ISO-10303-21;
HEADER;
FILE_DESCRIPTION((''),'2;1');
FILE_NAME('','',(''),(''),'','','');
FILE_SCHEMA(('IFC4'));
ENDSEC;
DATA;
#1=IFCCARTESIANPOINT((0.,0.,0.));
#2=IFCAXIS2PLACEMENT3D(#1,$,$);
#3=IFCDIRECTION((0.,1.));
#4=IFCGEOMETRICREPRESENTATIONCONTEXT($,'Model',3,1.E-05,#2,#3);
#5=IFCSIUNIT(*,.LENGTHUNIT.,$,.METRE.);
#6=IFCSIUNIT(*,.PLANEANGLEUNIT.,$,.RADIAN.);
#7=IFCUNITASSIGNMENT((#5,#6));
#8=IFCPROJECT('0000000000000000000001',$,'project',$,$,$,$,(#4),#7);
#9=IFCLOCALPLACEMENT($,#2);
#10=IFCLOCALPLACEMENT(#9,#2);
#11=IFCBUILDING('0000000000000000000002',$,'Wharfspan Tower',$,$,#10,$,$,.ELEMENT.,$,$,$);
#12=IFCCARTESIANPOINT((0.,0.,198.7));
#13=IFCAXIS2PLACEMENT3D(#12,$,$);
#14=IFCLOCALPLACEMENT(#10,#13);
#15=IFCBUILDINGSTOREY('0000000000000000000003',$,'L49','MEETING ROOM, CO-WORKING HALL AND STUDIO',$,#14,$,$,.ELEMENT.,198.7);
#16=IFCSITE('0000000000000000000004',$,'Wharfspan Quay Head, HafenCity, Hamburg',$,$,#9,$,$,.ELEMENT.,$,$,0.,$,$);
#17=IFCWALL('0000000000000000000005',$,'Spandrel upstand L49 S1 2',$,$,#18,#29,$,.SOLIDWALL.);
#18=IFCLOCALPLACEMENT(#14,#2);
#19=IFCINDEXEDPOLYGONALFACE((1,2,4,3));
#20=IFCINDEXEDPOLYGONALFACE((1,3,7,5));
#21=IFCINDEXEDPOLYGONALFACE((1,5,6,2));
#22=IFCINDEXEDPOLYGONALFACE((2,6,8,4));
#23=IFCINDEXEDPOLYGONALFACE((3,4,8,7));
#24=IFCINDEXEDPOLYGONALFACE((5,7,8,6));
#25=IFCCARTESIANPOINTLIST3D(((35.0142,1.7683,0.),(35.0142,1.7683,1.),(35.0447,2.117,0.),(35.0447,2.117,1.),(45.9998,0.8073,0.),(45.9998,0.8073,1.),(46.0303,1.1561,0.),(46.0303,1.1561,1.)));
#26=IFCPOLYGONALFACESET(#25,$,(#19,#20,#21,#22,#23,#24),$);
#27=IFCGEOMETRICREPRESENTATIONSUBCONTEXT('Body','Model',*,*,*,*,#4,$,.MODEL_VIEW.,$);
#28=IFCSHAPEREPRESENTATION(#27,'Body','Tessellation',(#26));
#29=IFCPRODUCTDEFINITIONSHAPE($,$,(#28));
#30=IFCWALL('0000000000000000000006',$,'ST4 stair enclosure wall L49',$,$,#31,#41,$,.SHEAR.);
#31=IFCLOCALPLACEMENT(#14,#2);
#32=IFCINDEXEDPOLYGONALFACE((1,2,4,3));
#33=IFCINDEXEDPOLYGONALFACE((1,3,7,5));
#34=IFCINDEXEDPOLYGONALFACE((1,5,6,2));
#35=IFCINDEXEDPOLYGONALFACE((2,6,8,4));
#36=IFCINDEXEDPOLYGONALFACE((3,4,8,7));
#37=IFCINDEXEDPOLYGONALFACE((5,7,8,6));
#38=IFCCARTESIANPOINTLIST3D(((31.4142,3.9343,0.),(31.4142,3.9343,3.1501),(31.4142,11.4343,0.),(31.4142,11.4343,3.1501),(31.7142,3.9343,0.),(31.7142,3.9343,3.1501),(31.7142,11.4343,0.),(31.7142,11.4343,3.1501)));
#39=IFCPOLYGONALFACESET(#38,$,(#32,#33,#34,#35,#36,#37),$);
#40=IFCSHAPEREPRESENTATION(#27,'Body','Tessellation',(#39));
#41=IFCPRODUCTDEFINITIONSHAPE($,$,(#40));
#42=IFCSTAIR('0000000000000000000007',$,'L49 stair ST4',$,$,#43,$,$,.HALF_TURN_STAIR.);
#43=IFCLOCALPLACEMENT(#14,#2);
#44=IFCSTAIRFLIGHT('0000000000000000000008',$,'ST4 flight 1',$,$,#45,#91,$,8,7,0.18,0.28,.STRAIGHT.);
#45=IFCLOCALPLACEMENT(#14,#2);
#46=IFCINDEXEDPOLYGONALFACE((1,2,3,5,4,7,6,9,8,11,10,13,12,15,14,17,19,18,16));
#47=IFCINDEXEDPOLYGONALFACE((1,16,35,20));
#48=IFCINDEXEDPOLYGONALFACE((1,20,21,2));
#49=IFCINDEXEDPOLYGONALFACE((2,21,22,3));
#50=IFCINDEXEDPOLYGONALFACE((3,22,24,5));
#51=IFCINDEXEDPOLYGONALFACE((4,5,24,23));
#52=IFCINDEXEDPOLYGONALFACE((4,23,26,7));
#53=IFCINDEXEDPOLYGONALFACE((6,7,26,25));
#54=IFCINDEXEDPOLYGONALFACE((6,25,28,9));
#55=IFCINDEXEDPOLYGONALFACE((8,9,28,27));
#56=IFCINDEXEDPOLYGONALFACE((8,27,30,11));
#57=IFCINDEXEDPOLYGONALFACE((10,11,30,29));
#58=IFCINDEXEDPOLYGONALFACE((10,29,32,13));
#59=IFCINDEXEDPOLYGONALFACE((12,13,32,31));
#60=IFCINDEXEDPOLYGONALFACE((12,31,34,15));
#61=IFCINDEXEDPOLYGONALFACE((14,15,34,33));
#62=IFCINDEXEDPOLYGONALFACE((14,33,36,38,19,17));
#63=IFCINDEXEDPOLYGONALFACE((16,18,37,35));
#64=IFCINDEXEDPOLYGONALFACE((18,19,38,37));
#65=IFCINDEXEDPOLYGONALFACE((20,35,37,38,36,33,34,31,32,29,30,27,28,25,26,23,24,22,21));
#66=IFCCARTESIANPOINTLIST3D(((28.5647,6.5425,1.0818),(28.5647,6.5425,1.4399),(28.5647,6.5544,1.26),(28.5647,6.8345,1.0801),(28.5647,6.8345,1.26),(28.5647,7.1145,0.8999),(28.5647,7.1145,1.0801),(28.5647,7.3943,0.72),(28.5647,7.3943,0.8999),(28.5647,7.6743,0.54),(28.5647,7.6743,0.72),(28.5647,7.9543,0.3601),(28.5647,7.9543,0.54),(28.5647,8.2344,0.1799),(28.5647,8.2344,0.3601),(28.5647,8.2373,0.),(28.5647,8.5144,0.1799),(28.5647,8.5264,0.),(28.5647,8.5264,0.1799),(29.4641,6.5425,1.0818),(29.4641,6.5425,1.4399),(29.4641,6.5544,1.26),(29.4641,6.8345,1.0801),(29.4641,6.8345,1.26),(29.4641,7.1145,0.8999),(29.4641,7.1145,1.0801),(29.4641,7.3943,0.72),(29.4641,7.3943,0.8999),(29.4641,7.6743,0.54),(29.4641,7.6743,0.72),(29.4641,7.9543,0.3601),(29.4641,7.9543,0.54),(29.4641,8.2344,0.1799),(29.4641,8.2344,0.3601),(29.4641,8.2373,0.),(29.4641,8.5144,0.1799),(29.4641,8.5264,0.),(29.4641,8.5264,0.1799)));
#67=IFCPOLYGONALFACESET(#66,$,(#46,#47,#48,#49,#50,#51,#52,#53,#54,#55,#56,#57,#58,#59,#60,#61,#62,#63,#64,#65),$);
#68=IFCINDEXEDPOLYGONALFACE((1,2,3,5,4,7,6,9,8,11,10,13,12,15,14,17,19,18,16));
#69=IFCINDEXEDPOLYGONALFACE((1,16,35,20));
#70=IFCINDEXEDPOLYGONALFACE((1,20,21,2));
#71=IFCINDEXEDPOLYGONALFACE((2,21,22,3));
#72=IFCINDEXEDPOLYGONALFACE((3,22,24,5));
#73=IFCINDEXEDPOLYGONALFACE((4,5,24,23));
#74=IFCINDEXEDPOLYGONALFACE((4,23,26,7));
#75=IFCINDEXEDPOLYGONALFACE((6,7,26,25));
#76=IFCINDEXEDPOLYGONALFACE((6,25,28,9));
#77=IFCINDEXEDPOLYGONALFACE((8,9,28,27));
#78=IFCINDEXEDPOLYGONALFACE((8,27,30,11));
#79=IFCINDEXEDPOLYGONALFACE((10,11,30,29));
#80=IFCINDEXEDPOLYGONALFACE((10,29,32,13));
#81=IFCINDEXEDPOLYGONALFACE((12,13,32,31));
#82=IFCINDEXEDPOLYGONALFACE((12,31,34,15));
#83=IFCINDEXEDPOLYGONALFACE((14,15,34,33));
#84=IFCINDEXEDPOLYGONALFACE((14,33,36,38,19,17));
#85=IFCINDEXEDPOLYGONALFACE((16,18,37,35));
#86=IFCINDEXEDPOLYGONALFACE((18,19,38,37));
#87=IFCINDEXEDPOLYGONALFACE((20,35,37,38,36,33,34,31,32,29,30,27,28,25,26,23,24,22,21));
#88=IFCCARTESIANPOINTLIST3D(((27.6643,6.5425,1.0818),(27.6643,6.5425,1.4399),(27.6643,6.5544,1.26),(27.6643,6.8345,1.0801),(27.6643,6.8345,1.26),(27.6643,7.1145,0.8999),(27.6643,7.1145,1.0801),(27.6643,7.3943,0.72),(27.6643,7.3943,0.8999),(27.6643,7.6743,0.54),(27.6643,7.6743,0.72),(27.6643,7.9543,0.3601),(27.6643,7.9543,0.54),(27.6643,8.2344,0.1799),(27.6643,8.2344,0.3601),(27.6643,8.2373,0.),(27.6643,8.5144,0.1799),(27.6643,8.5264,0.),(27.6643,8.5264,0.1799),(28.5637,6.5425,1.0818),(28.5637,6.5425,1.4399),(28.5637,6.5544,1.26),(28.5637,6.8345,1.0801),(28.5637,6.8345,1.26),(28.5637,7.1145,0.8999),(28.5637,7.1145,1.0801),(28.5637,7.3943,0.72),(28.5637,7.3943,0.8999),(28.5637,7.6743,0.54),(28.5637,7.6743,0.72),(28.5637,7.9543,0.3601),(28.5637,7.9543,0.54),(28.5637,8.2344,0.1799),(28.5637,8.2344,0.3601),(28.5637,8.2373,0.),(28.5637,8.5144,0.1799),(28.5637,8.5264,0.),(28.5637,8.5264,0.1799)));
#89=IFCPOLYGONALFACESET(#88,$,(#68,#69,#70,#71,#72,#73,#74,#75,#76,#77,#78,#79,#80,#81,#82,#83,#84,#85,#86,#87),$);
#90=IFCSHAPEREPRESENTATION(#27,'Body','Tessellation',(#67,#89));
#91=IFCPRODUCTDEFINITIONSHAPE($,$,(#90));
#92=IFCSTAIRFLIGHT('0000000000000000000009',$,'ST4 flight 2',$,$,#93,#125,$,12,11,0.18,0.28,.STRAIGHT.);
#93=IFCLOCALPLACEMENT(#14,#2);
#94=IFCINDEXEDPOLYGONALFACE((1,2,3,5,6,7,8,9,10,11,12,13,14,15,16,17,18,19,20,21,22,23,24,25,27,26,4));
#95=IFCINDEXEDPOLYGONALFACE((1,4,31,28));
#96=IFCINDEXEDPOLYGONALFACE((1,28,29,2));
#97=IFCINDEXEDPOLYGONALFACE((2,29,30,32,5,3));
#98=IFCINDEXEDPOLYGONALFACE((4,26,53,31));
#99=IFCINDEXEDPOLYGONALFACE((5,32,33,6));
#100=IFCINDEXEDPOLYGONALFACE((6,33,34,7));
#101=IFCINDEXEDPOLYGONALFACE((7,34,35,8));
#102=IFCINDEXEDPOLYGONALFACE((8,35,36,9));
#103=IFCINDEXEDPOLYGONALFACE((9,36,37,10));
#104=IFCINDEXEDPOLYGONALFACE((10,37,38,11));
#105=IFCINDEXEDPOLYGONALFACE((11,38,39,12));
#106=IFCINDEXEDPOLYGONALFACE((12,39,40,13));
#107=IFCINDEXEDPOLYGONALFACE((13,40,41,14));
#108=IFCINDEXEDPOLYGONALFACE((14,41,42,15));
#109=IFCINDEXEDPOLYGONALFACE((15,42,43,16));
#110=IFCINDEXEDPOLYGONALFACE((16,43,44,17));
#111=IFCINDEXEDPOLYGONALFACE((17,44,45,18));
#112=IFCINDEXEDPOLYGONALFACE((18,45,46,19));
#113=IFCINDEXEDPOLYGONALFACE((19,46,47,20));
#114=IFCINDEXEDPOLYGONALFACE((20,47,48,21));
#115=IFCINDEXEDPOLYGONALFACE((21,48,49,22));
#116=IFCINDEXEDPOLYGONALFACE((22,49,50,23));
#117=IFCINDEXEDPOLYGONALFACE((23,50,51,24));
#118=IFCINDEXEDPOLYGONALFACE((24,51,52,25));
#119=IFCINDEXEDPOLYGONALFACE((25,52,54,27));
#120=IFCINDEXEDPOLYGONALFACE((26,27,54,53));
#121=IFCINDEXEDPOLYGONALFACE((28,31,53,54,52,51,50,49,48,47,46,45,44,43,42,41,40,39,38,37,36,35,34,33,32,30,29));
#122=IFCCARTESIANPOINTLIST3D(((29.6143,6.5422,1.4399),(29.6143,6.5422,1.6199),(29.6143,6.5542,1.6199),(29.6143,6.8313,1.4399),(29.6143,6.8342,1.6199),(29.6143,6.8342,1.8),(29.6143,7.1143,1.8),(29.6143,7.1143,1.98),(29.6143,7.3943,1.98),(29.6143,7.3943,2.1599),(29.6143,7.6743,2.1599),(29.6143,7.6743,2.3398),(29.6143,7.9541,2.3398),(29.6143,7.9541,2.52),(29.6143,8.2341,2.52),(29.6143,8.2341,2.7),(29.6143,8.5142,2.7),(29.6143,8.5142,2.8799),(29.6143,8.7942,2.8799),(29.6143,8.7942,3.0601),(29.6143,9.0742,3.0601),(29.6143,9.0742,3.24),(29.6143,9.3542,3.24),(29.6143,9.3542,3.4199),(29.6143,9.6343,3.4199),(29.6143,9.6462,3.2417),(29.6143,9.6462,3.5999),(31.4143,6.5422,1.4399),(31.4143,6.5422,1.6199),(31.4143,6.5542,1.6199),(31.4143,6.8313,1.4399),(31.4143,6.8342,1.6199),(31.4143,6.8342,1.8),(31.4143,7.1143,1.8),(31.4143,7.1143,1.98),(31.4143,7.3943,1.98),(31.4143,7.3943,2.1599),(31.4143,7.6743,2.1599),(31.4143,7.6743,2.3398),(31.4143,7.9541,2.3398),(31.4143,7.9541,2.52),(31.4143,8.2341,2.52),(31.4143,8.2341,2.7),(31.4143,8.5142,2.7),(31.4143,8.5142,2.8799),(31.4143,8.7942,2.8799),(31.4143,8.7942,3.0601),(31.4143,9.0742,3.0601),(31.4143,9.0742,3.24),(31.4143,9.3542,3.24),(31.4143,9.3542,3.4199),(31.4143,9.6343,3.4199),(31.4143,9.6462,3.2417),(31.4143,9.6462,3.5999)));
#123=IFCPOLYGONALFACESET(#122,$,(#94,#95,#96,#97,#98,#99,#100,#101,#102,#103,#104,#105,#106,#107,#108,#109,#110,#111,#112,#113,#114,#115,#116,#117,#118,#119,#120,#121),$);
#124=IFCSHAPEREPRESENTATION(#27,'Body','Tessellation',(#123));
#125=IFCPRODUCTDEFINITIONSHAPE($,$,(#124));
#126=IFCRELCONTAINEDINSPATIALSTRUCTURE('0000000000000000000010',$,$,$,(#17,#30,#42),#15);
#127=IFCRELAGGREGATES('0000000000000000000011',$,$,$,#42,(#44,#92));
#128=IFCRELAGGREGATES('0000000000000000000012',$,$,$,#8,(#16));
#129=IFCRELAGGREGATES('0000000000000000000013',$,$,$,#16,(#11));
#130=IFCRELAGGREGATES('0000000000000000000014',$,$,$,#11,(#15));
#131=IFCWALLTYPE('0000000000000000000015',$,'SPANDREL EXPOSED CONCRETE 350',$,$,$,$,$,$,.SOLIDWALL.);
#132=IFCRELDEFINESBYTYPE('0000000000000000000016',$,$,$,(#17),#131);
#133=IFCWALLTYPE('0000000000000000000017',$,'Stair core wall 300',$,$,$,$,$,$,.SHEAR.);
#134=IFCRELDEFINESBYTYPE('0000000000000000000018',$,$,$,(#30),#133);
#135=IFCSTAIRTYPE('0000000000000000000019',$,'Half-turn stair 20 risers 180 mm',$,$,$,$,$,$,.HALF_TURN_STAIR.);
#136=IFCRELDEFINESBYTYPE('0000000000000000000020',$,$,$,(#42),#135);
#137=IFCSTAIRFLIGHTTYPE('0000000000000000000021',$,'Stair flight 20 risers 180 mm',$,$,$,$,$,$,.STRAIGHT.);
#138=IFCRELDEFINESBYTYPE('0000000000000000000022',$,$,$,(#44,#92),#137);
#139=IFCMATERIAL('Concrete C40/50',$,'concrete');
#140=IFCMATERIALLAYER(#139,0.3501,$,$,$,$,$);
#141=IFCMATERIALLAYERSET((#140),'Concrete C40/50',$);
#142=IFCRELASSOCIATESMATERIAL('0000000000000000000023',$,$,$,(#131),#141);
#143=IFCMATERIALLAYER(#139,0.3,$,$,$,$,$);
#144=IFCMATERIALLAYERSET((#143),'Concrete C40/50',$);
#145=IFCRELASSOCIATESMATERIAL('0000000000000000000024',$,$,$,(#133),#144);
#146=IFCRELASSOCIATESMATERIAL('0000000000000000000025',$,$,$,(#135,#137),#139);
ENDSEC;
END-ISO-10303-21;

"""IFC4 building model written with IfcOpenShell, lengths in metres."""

from ifc_helpers import new_model, si_unit, direction, frame, frame_2d, origin, place, context, subcontext, project, spatial, polyline, rectangle, outline, extrude, material, layer, layer_set, type_object, element, aggregate, save


model = new_model("IFC4")

# Units and contexts
model_context = context("Model", 3, precision=1e-05, world=origin(), true_north=direction((0.0, 1.0)))
body_context = subcontext(model_context, "Body", "Model", "MODEL_VIEW")
ifc_project = project(units=[si_unit("LENGTHUNIT", "METRE"), si_unit("PLANEANGLEUNIT", "RADIAN")], contexts=[model_context])

# Site, building, storey
site_placement = place(None, origin())
site = spatial("IfcSite", under=ifc_project, at=site_placement, Name="Wharfspan Quay Head, HafenCity, Hamburg", CompositionType="ELEMENT", RefElevation=0.0)
building_placement = place(site_placement, origin())
building = spatial("IfcBuilding", under=site, at=building_placement, Name="Wharfspan Tower", CompositionType="ELEMENT")
storey_placement = place(building_placement, frame((0.0, 0.0, 198.7)))
storey = spatial("IfcBuildingStorey", under=building, at=storey_placement, Name="L49", Description="MEETING ROOM, CO-WORKING HALL AND STUDIO", CompositionType="ELEMENT", Elevation=198.7)

# Walls
ifc_material_1 = material(Name="Concrete C40/50", Category="concrete")
ifc_layer_1 = layer(ifc_material_1, 0.3501)
ifc_layer_set_1 = layer_set([ifc_layer_1], Name="Concrete C40/50")
wall_type_1 = type_object("IfcWallType", Name="SPANDREL EXPOSED CONCRETE 350", PredefinedType="SOLIDWALL", material=ifc_layer_set_1)
wall_1_placement = place(storey_placement, frame((35.0295, 1.9426, 0.0), z_axis=(0.0, 0.0, 1.0), x_axis=(0.996199, -0.08714, 0.0)))
element("IfcWall", 1, at=wall_1_placement, inside=storey, type_object=wall_type_1, Name="Spandrel upstand L49 S1 2", PredefinedType="SOLIDWALL", context=body_context, shape_type="SweptSolid", body=[
    extrude(rectangle(XDim=11.0276, YDim=0.3501, at=frame_2d((5.5137, 0.0))), origin(), (0.0, 0.0, 1.0), 1.0),
])
ifc_layer_2 = layer(ifc_material_1, 0.3)
ifc_layer_set_2 = layer_set([ifc_layer_2], Name="Concrete C40/50")
wall_type_2 = type_object("IfcWallType", Name="Stair core wall 300", PredefinedType="SHEAR", material=ifc_layer_set_2)
wall_2_placement = place(storey_placement, frame((31.5642, 3.9343, 0.0), z_axis=(0.0, 0.0, 1.0), x_axis=(0.0, 1.0, 0.0)))
element("IfcWall", 2, at=wall_2_placement, inside=storey, type_object=wall_type_2, Name="ST4 stair enclosure wall L49", PredefinedType="SHEAR", context=body_context, shape_type="SweptSolid", body=[
    extrude(rectangle(XDim=7.5, YDim=0.3, at=frame_2d((3.75, 0.0))), origin(), (0.0, 0.0, 1.0), 3.1501),
])

# Stair, stair flights
stair_type = type_object("IfcStairType", Name="Half-turn stair 20 risers 180 mm", PredefinedType="HALF_TURN_STAIR", material=ifc_material_1)
stair_placement = place(storey_placement, origin())
stair = element("IfcStair", 3, at=stair_placement, inside=storey, type_object=stair_type, Name="L49 stair ST4", PredefinedType="HALF_TURN_STAIR")
stair_flight_type = type_object("IfcStairFlightType", Name="Stair flight 20 risers 180 mm", PredefinedType="STRAIGHT", material=ifc_material_1)
stair_flight_1_placement = place(storey_placement, frame((28.5642, 8.5144, 0.0), z_axis=(0.0, 0.0, 1.0), x_axis=(0.0, -1.0, 0.0)))
stair_flight_1 = element("IfcStairFlight", 4, at=stair_flight_1_placement, type_object=stair_flight_type, Name="ST4 flight 1", NumberOfRisers=8, NumberOfTreads=7, PredefinedType="STRAIGHT", RiserHeight=0.18, TreadLength=0.28, context=body_context, shape_type="SweptSolid", body=[
    extrude(outline(polyline([(-0.012, 0.0), (-0.012, 0.1799), (0.0, 0.1799), (0.28, 0.1799), (0.28, 0.3601), (0.5601, 0.3601), (0.5601, 0.54), (0.8401, 0.54), (0.8401, 0.72), (1.1201, 0.72), (1.1201, 0.8999), (1.3999, 0.8999), (1.3999, 1.0801), (1.6799, 1.0801), (1.6799, 1.26), (1.96, 1.26), (1.9719, 1.4399), (1.9719, 1.0818), (0.2771, 0.0), (-0.012, 0.0)])), frame((0.0, 0.8999, 0.0), z_axis=(0.0, -1.0, 0.0), x_axis=(1.0, 0.0, 0.0)), (0.0, 0.0, 1.0), 0.8994),
    extrude(outline(polyline([(-0.012, 0.0), (-0.012, 0.1799), (0.0, 0.1799), (0.28, 0.1799), (0.28, 0.3601), (0.5601, 0.3601), (0.5601, 0.54), (0.8401, 0.54), (0.8401, 0.72), (1.1201, 0.72), (1.1201, 0.8999), (1.3999, 0.8999), (1.3999, 1.0801), (1.6799, 1.0801), (1.6799, 1.26), (1.96, 1.26), (1.9719, 1.4399), (1.9719, 1.0818), (0.2771, 0.0), (-0.012, 0.0)])), frame((0.0, -0.0005, 0.0), z_axis=(0.0, -1.0, 0.0), x_axis=(1.0, 0.0, 0.0)), (0.0, 0.0, 1.0), 0.8994),
])
stair_flight_2_placement = place(storey_placement, frame((30.5142, 6.5542, 1.4399), z_axis=(0.0, 0.0, 1.0), x_axis=(0.0, 1.0, 0.0)))
stair_flight_2 = element("IfcStairFlight", 5, at=stair_flight_2_placement, type_object=stair_flight_type, Name="ST4 flight 2", NumberOfRisers=12, NumberOfTreads=11, PredefinedType="STRAIGHT", RiserHeight=0.18, TreadLength=0.28, context=body_context, shape_type="SweptSolid", body=[
    extrude(outline(polyline([(-0.012, 0.0), (-0.012, 0.1799), (0.0, 0.1799), (0.28, 0.1799), (0.28, 0.3601), (0.5601, 0.3601), (0.5601, 0.54), (0.8401, 0.54), (0.8401, 0.72), (1.1201, 0.72), (1.1201, 0.8999), (1.3999, 0.8999), (1.3999, 1.0801), (1.6799, 1.0801), (1.6799, 1.26), (1.96, 1.26), (1.96, 1.4399), (2.24, 1.4399), (2.24, 1.6201), (2.52, 1.6201), (2.52, 1.8), (2.8, 1.8), (2.8, 1.98), (3.0801, 1.98), (3.092, 2.1599), (3.092, 1.8018), (0.2771, 0.0), (-0.012, 0.0)])), frame((0.0, 0.8999, 0.0), z_axis=(0.0, -1.0, 0.0), x_axis=(1.0, 0.0, 0.0)), (0.0, 0.0, 1.0), 1.8),
])
aggregate(stair, [stair_flight_1, stair_flight_2])

save(model, "model.ifc")
